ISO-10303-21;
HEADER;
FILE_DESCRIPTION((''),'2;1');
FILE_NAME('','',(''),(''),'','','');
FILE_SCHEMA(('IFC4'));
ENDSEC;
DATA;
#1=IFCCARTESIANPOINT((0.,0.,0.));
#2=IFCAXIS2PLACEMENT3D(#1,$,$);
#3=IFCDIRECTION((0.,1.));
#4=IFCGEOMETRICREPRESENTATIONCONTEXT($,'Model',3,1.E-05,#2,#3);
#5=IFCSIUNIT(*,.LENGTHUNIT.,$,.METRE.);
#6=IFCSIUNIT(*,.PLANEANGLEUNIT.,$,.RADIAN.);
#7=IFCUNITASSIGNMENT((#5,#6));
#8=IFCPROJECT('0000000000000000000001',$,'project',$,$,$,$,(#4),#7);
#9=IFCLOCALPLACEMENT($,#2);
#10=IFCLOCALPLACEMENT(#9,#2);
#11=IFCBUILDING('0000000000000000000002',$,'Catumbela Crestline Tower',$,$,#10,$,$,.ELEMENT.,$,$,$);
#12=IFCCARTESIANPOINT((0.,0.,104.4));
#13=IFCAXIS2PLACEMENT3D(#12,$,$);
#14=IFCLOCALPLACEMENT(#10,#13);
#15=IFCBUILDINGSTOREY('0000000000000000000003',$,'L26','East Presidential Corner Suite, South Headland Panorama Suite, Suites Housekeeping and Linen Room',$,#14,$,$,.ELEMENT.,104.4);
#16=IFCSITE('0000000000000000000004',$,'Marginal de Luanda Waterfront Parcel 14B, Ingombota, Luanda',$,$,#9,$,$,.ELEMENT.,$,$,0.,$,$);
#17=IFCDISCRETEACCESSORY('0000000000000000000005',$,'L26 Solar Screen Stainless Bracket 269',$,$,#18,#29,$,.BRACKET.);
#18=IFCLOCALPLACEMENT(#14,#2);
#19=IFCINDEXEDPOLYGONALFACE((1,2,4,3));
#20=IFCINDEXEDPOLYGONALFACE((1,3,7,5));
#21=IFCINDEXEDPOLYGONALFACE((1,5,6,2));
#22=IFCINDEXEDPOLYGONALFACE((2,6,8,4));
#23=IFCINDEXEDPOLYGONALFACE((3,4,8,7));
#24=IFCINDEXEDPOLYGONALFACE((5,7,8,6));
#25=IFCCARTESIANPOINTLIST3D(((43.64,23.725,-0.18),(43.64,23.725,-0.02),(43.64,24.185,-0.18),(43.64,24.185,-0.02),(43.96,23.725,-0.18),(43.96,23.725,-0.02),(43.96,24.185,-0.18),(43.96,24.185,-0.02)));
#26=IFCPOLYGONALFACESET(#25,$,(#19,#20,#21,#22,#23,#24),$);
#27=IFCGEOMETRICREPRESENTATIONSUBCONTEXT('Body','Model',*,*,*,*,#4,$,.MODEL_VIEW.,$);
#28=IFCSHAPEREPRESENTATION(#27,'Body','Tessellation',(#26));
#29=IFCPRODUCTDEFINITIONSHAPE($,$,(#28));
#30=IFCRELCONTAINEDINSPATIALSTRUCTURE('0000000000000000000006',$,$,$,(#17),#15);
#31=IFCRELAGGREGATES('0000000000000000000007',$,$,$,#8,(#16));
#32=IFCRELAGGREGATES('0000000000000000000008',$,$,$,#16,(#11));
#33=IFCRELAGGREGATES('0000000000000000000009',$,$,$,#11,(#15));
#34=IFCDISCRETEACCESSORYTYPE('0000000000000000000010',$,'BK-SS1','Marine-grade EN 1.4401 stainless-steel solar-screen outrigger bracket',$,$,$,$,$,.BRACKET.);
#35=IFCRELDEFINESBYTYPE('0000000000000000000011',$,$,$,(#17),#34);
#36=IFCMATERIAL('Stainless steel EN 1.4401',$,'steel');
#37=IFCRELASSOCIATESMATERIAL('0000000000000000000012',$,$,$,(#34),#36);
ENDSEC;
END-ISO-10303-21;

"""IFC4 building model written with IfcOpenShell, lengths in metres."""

from ifc_helpers import new_model, si_unit, direction, frame, origin, origin_2d, place, context, subcontext, project, spatial, rectangle, extrude, material, type_object, element, save


model = new_model("IFC4")

# Units and contexts
model_context = context("Model", 3, precision=1e-05, world=origin(), true_north=direction((0.0, 1.0)))
body_context = subcontext(model_context, "Body", "Model", "MODEL_VIEW")
ifc_project = project(units=[si_unit("LENGTHUNIT", "METRE"), si_unit("PLANEANGLEUNIT", "RADIAN")], contexts=[model_context])

# Site, building, storey
site_placement = place(None, origin())
site = spatial("IfcSite", under=ifc_project, at=site_placement, Name="Marginal de Luanda Waterfront Parcel 14B, Ingombota, Luanda", CompositionType="ELEMENT", RefElevation=0.0)
building_placement = place(site_placement, origin())
building = spatial("IfcBuilding", under=site, at=building_placement, Name="Catumbela Crestline Tower", CompositionType="ELEMENT")
storey_placement = place(building_placement, frame((0.0, 0.0, 104.4)))
storey = spatial("IfcBuildingStorey", under=building, at=storey_placement, Name="L26", Description="East Presidential Corner Suite, South Headland Panorama Suite, Suites Housekeeping and Linen Room", CompositionType="ELEMENT", Elevation=104.4)

# Discrete accessory
ifc_material_1 = material(Name="Stainless steel EN 1.4401", Category="steel")
discrete_accessory_type = type_object("IfcDiscreteAccessoryType", Name="BK-SS1", Description="Marine-grade EN 1.4401 stainless-steel solar-screen outrigger bracket", PredefinedType="BRACKET", material=ifc_material_1)
discrete_accessory_placement = place(storey_placement, frame((43.8, 23.955, -0.18), z_axis=(0.0, 0.0, 1.0), x_axis=(1.0, 0.0, 0.0)))
element("IfcDiscreteAccessory", 1, at=discrete_accessory_placement, inside=storey, type_object=discrete_accessory_type, Name="L26 Solar Screen Stainless Bracket 269", PredefinedType="BRACKET", context=body_context, shape_type="SweptSolid", body=[
    extrude(rectangle(XDim=0.32, YDim=0.46, at=origin_2d()), origin(), (0.0, 0.0, 1.0), 0.16),
])

save(model, "model.ifc")
